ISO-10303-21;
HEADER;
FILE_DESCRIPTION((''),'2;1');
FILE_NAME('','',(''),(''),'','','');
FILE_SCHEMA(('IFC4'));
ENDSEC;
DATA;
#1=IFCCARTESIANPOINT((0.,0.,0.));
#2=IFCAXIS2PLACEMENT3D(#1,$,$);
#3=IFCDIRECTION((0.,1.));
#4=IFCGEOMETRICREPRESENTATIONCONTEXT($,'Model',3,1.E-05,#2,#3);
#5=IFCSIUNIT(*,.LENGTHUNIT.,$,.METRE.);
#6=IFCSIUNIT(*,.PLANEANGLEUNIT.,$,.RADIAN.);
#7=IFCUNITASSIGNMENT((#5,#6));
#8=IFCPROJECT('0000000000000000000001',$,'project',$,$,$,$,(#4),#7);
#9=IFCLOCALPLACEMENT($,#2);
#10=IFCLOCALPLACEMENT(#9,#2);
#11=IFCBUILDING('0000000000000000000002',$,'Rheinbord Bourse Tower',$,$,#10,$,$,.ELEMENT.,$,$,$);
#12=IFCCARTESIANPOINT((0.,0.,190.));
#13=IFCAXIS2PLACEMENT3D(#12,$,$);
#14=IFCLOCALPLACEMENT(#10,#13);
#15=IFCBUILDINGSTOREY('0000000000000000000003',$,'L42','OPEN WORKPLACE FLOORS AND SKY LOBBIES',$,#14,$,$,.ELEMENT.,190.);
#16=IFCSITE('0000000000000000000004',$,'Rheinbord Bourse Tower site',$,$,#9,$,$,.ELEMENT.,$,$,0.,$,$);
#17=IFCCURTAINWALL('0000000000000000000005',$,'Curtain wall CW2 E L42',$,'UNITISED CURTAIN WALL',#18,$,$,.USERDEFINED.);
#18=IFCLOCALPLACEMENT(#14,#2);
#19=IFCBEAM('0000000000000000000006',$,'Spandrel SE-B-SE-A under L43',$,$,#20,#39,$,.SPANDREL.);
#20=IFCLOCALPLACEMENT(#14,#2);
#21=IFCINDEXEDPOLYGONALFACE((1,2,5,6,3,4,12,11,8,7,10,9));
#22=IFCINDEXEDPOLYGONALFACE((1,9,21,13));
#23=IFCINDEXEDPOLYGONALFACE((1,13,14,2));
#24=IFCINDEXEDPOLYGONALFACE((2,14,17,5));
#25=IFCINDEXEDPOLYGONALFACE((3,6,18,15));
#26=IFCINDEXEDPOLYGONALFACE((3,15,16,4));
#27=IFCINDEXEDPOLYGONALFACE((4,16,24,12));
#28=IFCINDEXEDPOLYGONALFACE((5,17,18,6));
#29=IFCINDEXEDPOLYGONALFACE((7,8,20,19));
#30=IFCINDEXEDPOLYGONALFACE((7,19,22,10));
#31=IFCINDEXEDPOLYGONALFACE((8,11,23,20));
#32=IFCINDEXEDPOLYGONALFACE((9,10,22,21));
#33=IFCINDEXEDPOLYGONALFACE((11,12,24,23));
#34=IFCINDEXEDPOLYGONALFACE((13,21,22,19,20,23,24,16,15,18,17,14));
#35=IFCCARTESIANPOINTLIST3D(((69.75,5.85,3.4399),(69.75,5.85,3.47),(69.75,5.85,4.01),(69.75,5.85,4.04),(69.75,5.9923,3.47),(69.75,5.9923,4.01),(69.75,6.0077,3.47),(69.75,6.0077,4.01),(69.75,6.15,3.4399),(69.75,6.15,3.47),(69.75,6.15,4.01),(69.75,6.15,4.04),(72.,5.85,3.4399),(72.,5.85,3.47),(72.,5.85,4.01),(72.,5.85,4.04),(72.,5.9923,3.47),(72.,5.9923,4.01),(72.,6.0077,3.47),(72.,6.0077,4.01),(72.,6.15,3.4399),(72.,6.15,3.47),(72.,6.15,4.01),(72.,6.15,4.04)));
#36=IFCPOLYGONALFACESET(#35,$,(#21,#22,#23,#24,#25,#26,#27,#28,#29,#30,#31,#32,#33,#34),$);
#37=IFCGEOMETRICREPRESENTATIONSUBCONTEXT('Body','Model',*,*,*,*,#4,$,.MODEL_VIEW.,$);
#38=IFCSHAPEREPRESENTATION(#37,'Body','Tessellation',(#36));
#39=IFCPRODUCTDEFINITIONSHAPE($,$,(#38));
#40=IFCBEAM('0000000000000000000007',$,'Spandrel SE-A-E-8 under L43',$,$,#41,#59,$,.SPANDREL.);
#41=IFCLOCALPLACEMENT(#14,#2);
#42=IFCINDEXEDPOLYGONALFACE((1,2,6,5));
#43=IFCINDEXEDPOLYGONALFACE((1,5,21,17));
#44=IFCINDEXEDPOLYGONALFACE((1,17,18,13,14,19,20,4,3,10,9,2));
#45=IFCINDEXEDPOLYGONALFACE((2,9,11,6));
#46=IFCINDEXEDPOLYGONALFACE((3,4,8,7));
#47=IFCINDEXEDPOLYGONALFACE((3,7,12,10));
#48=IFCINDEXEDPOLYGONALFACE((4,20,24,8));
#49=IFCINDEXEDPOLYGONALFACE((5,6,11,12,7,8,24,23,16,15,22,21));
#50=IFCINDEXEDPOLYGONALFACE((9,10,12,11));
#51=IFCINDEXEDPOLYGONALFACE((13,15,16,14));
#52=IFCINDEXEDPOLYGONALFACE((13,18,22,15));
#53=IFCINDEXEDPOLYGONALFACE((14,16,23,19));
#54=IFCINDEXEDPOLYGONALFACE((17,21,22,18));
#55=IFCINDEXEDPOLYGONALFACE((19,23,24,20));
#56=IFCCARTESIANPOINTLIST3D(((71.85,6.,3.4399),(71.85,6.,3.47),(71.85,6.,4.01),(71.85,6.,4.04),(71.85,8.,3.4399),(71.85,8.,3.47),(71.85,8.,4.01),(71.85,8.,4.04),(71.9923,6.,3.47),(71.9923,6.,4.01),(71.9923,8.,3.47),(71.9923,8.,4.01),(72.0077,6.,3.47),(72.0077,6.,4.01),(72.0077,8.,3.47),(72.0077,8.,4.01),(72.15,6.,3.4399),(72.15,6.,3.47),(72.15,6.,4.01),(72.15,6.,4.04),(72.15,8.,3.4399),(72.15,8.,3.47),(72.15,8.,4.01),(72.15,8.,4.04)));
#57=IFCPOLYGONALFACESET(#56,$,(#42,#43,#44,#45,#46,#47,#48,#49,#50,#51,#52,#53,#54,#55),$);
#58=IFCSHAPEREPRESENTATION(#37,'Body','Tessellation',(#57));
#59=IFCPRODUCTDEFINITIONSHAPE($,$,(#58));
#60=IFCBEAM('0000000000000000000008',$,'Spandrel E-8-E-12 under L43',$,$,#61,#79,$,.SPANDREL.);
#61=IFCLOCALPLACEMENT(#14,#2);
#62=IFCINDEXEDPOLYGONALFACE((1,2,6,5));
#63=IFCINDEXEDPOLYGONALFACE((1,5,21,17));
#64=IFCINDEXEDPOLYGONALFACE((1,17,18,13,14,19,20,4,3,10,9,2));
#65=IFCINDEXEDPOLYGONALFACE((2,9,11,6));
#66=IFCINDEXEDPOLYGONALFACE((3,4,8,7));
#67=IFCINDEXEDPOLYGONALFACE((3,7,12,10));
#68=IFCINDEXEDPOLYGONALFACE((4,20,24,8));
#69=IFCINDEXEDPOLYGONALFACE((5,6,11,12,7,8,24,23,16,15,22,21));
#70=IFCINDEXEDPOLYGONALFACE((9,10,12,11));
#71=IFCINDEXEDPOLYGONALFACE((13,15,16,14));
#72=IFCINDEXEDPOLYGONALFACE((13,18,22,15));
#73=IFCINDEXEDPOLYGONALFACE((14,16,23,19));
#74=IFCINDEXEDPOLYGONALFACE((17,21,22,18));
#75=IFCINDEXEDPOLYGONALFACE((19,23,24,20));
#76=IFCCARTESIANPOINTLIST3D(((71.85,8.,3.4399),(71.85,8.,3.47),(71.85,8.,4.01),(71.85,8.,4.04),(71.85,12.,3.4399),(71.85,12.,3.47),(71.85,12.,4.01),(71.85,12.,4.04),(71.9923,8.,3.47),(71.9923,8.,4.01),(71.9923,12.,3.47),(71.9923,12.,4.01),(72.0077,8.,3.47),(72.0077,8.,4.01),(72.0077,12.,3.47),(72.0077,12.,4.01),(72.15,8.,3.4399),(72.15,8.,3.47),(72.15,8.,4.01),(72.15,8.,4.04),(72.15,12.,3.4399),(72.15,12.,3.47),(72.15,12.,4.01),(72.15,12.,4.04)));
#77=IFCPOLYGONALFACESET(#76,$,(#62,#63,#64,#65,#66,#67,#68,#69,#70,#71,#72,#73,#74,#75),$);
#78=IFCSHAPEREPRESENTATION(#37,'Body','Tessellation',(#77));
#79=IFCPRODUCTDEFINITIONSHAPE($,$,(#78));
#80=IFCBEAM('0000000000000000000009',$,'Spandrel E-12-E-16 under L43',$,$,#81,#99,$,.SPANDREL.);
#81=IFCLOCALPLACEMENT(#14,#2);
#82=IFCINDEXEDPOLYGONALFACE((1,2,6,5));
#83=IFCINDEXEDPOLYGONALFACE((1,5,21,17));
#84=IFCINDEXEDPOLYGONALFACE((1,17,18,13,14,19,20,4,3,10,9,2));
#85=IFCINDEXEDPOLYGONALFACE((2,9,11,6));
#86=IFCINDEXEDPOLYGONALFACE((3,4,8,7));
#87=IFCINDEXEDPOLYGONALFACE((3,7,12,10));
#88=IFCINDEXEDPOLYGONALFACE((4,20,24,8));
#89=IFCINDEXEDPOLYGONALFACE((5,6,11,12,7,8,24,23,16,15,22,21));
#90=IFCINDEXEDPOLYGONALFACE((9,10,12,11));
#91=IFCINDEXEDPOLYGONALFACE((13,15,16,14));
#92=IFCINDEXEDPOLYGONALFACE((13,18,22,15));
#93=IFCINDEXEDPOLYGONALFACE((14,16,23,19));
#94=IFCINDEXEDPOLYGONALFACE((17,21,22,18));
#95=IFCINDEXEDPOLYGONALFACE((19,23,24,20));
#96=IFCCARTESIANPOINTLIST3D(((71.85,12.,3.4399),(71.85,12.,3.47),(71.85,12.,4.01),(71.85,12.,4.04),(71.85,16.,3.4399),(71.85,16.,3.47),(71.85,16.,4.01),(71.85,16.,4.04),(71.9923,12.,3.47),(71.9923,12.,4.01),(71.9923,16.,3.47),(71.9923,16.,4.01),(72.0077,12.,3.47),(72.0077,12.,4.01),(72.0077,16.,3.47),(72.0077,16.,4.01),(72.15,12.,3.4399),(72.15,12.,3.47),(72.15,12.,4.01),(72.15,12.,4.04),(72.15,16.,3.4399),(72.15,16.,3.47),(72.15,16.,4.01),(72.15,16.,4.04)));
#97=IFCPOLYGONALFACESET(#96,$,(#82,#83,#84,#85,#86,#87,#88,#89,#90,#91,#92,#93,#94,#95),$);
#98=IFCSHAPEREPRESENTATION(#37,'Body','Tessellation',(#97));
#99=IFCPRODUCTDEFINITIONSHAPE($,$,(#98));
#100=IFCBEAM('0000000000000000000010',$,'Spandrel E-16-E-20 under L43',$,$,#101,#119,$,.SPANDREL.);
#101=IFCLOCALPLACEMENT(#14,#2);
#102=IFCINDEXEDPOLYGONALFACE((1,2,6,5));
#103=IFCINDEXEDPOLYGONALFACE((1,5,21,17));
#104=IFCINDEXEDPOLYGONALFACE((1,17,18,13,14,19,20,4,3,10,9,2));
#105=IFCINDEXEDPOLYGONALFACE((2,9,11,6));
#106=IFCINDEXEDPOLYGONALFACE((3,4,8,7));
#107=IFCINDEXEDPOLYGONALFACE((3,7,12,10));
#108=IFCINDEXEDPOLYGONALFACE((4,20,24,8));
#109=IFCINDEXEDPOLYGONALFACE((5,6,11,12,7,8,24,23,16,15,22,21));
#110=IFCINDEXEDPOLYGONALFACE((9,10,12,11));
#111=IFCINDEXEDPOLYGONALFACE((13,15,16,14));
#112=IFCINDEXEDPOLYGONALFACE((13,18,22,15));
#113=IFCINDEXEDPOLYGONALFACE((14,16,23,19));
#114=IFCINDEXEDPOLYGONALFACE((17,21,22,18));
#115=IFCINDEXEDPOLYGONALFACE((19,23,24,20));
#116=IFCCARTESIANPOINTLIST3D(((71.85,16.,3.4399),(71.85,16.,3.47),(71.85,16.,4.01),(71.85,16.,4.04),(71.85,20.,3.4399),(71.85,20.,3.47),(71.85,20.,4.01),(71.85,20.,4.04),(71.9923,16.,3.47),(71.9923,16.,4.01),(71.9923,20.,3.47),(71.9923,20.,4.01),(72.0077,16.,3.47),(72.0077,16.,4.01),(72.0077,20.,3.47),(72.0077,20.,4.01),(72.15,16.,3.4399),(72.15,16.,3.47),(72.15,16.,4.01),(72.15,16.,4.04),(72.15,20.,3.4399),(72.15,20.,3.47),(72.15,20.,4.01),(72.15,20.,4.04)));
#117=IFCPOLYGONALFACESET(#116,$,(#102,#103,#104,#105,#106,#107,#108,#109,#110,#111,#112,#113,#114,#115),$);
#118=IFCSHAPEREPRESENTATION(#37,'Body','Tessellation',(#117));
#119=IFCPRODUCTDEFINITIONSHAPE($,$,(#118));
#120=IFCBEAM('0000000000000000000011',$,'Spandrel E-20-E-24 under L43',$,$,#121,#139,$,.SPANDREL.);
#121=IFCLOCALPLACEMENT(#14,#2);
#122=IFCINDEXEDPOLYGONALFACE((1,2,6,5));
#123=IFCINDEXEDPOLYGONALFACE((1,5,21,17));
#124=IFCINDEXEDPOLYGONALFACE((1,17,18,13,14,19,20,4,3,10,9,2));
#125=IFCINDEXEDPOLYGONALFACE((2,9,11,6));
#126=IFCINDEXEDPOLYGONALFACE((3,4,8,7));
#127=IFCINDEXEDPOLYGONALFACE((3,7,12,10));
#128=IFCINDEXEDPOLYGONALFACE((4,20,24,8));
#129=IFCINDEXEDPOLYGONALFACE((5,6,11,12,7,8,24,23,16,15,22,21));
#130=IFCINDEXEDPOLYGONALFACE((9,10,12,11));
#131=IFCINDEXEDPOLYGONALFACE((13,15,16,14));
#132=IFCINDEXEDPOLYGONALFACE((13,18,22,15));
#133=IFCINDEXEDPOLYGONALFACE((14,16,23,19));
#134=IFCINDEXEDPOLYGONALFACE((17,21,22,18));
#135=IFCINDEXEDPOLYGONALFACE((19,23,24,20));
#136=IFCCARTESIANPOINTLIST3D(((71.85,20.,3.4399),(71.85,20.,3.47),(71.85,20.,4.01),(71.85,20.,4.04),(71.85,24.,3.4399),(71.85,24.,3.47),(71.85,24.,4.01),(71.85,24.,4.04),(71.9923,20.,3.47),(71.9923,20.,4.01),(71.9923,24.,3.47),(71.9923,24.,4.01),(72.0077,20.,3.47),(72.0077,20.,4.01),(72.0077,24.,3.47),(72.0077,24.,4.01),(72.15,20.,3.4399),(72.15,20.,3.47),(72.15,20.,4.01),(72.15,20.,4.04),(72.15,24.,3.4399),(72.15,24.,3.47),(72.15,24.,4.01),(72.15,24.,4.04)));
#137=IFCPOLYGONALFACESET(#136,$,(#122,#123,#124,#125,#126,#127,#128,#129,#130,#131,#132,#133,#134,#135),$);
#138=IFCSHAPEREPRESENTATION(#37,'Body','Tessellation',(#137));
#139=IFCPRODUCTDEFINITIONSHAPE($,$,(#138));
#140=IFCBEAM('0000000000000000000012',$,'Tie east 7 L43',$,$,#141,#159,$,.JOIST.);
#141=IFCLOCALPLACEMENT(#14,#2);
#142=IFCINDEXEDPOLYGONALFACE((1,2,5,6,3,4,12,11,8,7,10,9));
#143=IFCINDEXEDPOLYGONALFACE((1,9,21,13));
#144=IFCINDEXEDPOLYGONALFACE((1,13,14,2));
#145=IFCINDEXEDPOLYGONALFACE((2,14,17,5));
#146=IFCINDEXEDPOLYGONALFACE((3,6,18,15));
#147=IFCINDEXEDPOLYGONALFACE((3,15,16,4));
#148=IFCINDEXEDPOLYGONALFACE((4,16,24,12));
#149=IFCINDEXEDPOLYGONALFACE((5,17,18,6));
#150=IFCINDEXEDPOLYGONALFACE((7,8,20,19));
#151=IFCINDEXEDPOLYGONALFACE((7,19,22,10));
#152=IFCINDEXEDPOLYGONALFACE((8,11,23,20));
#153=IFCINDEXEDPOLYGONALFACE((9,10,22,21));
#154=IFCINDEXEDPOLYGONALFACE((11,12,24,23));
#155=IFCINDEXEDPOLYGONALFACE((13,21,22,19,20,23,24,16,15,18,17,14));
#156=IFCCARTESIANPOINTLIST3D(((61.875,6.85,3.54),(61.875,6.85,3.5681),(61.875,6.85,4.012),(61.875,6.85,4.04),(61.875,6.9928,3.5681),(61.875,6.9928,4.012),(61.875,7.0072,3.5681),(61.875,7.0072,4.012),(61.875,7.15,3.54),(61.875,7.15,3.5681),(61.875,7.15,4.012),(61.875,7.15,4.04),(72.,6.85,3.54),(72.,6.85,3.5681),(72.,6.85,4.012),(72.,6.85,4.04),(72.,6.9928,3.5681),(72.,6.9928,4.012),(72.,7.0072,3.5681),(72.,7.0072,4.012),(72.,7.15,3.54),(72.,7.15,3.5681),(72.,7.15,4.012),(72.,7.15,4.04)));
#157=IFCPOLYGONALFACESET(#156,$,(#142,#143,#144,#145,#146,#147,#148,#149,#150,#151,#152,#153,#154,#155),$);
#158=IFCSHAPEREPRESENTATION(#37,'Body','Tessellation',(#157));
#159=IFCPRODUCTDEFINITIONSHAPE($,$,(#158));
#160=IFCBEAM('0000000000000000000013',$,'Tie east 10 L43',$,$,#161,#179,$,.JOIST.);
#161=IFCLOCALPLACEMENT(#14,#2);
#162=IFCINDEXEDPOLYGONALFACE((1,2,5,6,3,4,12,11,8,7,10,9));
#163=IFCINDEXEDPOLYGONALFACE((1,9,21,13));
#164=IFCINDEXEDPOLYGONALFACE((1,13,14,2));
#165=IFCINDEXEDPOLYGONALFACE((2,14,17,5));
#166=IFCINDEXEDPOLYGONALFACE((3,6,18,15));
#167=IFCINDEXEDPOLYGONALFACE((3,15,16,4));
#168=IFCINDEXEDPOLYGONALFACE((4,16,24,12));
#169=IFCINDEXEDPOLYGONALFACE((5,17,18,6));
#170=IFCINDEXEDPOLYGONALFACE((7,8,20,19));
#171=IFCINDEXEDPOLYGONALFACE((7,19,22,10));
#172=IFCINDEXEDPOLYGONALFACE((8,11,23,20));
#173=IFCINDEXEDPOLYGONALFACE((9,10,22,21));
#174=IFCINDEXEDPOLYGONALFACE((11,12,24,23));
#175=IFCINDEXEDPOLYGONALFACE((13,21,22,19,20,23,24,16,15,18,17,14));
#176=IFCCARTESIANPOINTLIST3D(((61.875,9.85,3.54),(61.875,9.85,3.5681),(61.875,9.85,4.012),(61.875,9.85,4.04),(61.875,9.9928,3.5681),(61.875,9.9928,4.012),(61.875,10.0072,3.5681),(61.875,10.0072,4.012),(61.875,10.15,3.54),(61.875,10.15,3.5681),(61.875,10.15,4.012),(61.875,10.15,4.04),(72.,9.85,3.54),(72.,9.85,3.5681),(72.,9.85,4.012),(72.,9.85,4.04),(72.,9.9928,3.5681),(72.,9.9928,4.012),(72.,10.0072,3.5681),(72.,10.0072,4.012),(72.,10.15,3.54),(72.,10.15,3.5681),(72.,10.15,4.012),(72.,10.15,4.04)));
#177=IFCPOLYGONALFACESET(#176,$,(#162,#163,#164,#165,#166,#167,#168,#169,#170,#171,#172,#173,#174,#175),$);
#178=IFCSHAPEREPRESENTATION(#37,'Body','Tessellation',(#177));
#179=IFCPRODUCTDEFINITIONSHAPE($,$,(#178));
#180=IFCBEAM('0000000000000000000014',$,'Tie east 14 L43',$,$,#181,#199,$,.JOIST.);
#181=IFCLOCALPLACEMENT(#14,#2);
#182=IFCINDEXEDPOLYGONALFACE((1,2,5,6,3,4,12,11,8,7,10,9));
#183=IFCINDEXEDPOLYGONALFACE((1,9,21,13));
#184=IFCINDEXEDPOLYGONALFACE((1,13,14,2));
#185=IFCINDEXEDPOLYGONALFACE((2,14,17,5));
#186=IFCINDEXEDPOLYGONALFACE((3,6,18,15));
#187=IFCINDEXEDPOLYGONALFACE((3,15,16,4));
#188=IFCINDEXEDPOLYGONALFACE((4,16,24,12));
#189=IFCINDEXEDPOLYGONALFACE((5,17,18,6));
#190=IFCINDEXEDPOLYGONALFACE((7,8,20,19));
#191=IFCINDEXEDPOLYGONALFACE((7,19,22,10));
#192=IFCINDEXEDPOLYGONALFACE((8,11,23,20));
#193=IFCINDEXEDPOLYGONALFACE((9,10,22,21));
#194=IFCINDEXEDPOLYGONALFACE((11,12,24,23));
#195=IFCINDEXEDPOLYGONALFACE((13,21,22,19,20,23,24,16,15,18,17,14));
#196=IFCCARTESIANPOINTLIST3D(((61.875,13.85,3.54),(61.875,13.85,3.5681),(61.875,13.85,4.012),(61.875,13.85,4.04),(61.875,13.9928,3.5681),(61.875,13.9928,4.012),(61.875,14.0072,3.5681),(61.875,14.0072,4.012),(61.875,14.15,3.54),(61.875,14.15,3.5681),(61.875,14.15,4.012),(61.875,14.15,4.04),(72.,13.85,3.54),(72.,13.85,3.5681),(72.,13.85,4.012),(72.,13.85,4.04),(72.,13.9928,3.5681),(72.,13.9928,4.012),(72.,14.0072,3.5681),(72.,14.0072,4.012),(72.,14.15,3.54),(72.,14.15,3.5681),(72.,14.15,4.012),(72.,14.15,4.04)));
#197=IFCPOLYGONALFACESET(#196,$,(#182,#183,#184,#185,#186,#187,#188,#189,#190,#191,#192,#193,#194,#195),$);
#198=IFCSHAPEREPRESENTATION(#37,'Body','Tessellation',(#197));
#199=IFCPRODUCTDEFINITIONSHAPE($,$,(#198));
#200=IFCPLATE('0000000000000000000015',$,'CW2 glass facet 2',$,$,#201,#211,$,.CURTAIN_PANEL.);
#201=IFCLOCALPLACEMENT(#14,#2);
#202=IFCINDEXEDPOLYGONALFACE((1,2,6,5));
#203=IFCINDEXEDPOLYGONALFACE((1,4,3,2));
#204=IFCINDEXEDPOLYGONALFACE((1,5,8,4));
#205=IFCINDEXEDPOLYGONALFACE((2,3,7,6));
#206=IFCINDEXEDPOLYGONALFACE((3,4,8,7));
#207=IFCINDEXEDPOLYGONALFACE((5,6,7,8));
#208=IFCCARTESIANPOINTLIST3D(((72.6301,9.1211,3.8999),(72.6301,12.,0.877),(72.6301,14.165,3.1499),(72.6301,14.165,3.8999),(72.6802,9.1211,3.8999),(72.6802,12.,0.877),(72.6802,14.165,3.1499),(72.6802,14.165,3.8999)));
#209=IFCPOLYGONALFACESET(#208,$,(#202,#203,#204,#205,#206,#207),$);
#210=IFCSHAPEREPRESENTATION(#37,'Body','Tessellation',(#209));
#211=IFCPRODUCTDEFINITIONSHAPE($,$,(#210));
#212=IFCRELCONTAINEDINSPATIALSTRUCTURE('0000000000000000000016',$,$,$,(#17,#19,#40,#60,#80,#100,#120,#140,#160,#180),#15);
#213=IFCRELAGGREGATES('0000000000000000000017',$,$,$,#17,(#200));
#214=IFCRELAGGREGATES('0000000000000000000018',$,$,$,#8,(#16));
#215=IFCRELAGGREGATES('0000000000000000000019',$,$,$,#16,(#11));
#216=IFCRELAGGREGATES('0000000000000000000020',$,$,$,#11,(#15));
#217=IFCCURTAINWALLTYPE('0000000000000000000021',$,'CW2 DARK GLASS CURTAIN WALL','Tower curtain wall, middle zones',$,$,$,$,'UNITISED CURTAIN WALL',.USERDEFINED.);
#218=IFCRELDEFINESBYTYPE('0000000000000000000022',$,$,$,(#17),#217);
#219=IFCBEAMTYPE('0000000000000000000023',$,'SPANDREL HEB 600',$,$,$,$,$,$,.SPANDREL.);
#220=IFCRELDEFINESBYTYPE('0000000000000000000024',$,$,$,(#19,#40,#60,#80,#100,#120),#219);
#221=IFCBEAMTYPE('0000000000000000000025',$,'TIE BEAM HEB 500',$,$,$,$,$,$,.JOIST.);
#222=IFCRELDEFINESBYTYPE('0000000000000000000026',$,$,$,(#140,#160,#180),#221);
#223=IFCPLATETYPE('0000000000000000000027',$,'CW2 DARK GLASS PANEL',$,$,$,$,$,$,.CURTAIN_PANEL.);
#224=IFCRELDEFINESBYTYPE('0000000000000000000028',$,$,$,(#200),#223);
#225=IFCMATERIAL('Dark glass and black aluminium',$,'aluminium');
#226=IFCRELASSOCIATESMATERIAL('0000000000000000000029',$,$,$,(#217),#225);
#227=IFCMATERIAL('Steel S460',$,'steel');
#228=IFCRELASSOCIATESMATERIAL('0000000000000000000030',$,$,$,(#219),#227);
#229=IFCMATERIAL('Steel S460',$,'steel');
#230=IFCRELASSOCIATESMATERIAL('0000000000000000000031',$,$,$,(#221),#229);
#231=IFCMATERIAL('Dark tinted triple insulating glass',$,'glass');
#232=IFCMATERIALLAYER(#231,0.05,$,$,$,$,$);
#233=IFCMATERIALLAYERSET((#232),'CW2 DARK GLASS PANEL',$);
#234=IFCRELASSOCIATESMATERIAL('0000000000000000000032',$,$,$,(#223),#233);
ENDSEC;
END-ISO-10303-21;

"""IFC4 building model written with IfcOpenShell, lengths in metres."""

from ifc_helpers import new_model, si_unit, direction, frame, origin, origin_2d, place, context, subcontext, project, spatial, polyline, i_section, outline, extrude, material, layer, layer_set, material_profile, profile_set, type_object, element, aggregate, save


model = new_model("IFC4")

# Units and contexts
model_context = context("Model", 3, precision=1e-05, world=origin(), true_north=direction((0.0, 1.0)))
body_context = subcontext(model_context, "Body", "Model", "MODEL_VIEW")
ifc_project = project(units=[si_unit("LENGTHUNIT", "METRE"), si_unit("PLANEANGLEUNIT", "RADIAN")], contexts=[model_context])

# Site, building, storey
site_placement = place(None, origin())
site = spatial("IfcSite", under=ifc_project, at=site_placement, Name="Rheinbord Bourse Tower site", CompositionType="ELEMENT", RefElevation=0.0)
building_placement = place(site_placement, origin())
building = spatial("IfcBuilding", under=site, at=building_placement, Name="Rheinbord Bourse Tower", CompositionType="ELEMENT")
storey_placement = place(building_placement, frame((0.0, 0.0, 190.0)))
storey = spatial("IfcBuildingStorey", under=building, at=storey_placement, Name="L42", Description="OPEN WORKPLACE FLOORS AND SKY LOBBIES", CompositionType="ELEMENT", Elevation=190.0)

# Curtain wall
ifc_material_1 = material(Name="Dark glass and black aluminium", Category="aluminium")
curtain_wall_type = type_object("IfcCurtainWallType", Name="CW2 DARK GLASS CURTAIN WALL", Description="Tower curtain wall, middle zones", ElementType="UNITISED CURTAIN WALL", PredefinedType="USERDEFINED", material=ifc_material_1)
curtain_wall_placement = place(storey_placement, origin())
curtain_wall = element("IfcCurtainWall", 1, at=curtain_wall_placement, inside=storey, type_object=curtain_wall_type, Name="Curtain wall CW2 E L42", ObjectType="UNITISED CURTAIN WALL", PredefinedType="USERDEFINED")

# Beams
ifc_material_2 = material(Name="Steel S460", Category="steel")
ifc_material_profile_1 = material_profile(ifc_material_2, i_section(OverallWidth=0.3, OverallDepth=0.6001, WebThickness=0.0154, FlangeThickness=0.03, at=origin_2d()), Name="HEB 600")
ifc_profile_set_1 = profile_set([ifc_material_profile_1], Name="Steel S460")
beam_type_1 = type_object("IfcBeamType", Name="SPANDREL HEB 600", PredefinedType="SPANDREL", material=ifc_profile_set_1)
beam_1_placement = place(storey_placement, frame((69.75, 6.0, 3.74), z_axis=(1.0, 0.0, 0.0), x_axis=(0.0, 1.0, 0.0)))
element("IfcBeam", 2, at=beam_1_placement, inside=storey, type_object=beam_type_1, Name="Spandrel SE-B-SE-A under L43", PredefinedType="SPANDREL", context=body_context, shape_type="SweptSolid", body=[
    extrude(i_section(OverallWidth=0.3, OverallDepth=0.6001, WebThickness=0.0154, FlangeThickness=0.03, at=origin_2d()), origin(), (0.0, 0.0, 1.0), 2.25),
])
beam_2_placement = place(storey_placement, frame((72.0, 6.0, 3.74), z_axis=(0.0, 1.0, 0.0), x_axis=(-1.0, 0.0, 0.0)))
element("IfcBeam", 3, at=beam_2_placement, inside=storey, type_object=beam_type_1, Name="Spandrel SE-A-E-8 under L43", PredefinedType="SPANDREL", context=body_context, shape_type="SweptSolid", body=[
    extrude(i_section(OverallWidth=0.3, OverallDepth=0.6001, WebThickness=0.0154, FlangeThickness=0.03, at=origin_2d()), origin(), (0.0, 0.0, 1.0), 2.0),
])
for number, where, z_axis, x_axis, name in (
    (4, (72.0, 8.0, 3.74), (0.0, 1.0, 0.0), (-1.0, 0.0, 0.0), "Spandrel E-8-E-12 under L43"),
    (5, (72.0, 12.0, 3.74), (0.0, 1.0, 0.0), (-1.0, 0.0, 0.0), "Spandrel E-12-E-16 under L43"),
    (6, (72.0, 16.0, 3.74), (0.0, 1.0, 0.0), (-1.0, 0.0, 0.0), "Spandrel E-16-E-20 under L43"),
    (7, (72.0, 20.0, 3.74), (0.0, 1.0, 0.0), (-1.0, 0.0, 0.0), "Spandrel E-20-E-24 under L43"),
):
    element("IfcBeam", number, at=place(storey_placement, frame(where, z_axis=z_axis, x_axis=x_axis)), inside=storey, type_object=beam_type_1, Name=name, PredefinedType="SPANDREL", context=body_context, shape_type="SweptSolid", body=[
        extrude(i_section(OverallWidth=0.3, OverallDepth=0.6001, WebThickness=0.0154, FlangeThickness=0.03, at=origin_2d()), origin(), (0.0, 0.0, 1.0), 4.0),
    ])
ifc_material_3 = material(Name="Steel S460", Category="steel")
ifc_material_profile_2 = material_profile(ifc_material_3, i_section(OverallWidth=0.3, OverallDepth=0.5, WebThickness=0.0144, FlangeThickness=0.0281, at=origin_2d()), Name="HEB 500")
ifc_profile_set_2 = profile_set([ifc_material_profile_2], Name="Steel S460")
beam_type_2 = type_object("IfcBeamType", Name="TIE BEAM HEB 500", PredefinedType="JOIST", material=ifc_profile_set_2)
for number, where, z_axis, x_axis, name in (
    (8, (61.875, 7.0, 3.79), (1.0, 0.0, 0.0), (0.0, 1.0, 0.0), "Tie east 7 L43"),
    (9, (61.875, 10.0, 3.79), (1.0, 0.0, 0.0), (0.0, 1.0, 0.0), "Tie east 10 L43"),
    (10, (61.875, 14.0, 3.79), (1.0, 0.0, 0.0), (0.0, 1.0, 0.0), "Tie east 14 L43"),
):
    element("IfcBeam", number, at=place(storey_placement, frame(where, z_axis=z_axis, x_axis=x_axis)), inside=storey, type_object=beam_type_2, Name=name, PredefinedType="JOIST", context=body_context, shape_type="SweptSolid", body=[
        extrude(i_section(OverallWidth=0.3, OverallDepth=0.5, WebThickness=0.0144, FlangeThickness=0.0281, at=origin_2d()), origin(), (0.0, 0.0, 1.0), 10.125),
    ])

# Plate
ifc_material_4 = material(Name="Dark tinted triple insulating glass", Category="glass")
ifc_layer_1 = layer(ifc_material_4, 0.05)
ifc_layer_set_1 = layer_set([ifc_layer_1], Name="CW2 DARK GLASS PANEL")
plate_type = type_object("IfcPlateType", Name="CW2 DARK GLASS PANEL", PredefinedType="CURTAIN_PANEL", material=ifc_layer_set_1)
plate_1_placement = place(storey_placement, frame((72.6802, 14.165, 3.8999), z_axis=(-1.0, 0.0, 0.0), x_axis=(0.0, 0.0, -1.0)))
plate_1 = element("IfcPlate", 11, at=plate_1_placement, type_object=plate_type, Name="CW2 glass facet 2", PredefinedType="CURTAIN_PANEL", context=body_context, shape_type="SweptSolid", body=[
    extrude(outline(polyline([(0.0, 0.0), (0.75, 0.0), (3.0229, 2.165), (0.0, 5.0439), (0.0, 0.0)])), origin(), (0.0, 0.0, 1.0), 0.05),
])
aggregate(curtain_wall, [plate_1])

save(model, "model.ifc")
